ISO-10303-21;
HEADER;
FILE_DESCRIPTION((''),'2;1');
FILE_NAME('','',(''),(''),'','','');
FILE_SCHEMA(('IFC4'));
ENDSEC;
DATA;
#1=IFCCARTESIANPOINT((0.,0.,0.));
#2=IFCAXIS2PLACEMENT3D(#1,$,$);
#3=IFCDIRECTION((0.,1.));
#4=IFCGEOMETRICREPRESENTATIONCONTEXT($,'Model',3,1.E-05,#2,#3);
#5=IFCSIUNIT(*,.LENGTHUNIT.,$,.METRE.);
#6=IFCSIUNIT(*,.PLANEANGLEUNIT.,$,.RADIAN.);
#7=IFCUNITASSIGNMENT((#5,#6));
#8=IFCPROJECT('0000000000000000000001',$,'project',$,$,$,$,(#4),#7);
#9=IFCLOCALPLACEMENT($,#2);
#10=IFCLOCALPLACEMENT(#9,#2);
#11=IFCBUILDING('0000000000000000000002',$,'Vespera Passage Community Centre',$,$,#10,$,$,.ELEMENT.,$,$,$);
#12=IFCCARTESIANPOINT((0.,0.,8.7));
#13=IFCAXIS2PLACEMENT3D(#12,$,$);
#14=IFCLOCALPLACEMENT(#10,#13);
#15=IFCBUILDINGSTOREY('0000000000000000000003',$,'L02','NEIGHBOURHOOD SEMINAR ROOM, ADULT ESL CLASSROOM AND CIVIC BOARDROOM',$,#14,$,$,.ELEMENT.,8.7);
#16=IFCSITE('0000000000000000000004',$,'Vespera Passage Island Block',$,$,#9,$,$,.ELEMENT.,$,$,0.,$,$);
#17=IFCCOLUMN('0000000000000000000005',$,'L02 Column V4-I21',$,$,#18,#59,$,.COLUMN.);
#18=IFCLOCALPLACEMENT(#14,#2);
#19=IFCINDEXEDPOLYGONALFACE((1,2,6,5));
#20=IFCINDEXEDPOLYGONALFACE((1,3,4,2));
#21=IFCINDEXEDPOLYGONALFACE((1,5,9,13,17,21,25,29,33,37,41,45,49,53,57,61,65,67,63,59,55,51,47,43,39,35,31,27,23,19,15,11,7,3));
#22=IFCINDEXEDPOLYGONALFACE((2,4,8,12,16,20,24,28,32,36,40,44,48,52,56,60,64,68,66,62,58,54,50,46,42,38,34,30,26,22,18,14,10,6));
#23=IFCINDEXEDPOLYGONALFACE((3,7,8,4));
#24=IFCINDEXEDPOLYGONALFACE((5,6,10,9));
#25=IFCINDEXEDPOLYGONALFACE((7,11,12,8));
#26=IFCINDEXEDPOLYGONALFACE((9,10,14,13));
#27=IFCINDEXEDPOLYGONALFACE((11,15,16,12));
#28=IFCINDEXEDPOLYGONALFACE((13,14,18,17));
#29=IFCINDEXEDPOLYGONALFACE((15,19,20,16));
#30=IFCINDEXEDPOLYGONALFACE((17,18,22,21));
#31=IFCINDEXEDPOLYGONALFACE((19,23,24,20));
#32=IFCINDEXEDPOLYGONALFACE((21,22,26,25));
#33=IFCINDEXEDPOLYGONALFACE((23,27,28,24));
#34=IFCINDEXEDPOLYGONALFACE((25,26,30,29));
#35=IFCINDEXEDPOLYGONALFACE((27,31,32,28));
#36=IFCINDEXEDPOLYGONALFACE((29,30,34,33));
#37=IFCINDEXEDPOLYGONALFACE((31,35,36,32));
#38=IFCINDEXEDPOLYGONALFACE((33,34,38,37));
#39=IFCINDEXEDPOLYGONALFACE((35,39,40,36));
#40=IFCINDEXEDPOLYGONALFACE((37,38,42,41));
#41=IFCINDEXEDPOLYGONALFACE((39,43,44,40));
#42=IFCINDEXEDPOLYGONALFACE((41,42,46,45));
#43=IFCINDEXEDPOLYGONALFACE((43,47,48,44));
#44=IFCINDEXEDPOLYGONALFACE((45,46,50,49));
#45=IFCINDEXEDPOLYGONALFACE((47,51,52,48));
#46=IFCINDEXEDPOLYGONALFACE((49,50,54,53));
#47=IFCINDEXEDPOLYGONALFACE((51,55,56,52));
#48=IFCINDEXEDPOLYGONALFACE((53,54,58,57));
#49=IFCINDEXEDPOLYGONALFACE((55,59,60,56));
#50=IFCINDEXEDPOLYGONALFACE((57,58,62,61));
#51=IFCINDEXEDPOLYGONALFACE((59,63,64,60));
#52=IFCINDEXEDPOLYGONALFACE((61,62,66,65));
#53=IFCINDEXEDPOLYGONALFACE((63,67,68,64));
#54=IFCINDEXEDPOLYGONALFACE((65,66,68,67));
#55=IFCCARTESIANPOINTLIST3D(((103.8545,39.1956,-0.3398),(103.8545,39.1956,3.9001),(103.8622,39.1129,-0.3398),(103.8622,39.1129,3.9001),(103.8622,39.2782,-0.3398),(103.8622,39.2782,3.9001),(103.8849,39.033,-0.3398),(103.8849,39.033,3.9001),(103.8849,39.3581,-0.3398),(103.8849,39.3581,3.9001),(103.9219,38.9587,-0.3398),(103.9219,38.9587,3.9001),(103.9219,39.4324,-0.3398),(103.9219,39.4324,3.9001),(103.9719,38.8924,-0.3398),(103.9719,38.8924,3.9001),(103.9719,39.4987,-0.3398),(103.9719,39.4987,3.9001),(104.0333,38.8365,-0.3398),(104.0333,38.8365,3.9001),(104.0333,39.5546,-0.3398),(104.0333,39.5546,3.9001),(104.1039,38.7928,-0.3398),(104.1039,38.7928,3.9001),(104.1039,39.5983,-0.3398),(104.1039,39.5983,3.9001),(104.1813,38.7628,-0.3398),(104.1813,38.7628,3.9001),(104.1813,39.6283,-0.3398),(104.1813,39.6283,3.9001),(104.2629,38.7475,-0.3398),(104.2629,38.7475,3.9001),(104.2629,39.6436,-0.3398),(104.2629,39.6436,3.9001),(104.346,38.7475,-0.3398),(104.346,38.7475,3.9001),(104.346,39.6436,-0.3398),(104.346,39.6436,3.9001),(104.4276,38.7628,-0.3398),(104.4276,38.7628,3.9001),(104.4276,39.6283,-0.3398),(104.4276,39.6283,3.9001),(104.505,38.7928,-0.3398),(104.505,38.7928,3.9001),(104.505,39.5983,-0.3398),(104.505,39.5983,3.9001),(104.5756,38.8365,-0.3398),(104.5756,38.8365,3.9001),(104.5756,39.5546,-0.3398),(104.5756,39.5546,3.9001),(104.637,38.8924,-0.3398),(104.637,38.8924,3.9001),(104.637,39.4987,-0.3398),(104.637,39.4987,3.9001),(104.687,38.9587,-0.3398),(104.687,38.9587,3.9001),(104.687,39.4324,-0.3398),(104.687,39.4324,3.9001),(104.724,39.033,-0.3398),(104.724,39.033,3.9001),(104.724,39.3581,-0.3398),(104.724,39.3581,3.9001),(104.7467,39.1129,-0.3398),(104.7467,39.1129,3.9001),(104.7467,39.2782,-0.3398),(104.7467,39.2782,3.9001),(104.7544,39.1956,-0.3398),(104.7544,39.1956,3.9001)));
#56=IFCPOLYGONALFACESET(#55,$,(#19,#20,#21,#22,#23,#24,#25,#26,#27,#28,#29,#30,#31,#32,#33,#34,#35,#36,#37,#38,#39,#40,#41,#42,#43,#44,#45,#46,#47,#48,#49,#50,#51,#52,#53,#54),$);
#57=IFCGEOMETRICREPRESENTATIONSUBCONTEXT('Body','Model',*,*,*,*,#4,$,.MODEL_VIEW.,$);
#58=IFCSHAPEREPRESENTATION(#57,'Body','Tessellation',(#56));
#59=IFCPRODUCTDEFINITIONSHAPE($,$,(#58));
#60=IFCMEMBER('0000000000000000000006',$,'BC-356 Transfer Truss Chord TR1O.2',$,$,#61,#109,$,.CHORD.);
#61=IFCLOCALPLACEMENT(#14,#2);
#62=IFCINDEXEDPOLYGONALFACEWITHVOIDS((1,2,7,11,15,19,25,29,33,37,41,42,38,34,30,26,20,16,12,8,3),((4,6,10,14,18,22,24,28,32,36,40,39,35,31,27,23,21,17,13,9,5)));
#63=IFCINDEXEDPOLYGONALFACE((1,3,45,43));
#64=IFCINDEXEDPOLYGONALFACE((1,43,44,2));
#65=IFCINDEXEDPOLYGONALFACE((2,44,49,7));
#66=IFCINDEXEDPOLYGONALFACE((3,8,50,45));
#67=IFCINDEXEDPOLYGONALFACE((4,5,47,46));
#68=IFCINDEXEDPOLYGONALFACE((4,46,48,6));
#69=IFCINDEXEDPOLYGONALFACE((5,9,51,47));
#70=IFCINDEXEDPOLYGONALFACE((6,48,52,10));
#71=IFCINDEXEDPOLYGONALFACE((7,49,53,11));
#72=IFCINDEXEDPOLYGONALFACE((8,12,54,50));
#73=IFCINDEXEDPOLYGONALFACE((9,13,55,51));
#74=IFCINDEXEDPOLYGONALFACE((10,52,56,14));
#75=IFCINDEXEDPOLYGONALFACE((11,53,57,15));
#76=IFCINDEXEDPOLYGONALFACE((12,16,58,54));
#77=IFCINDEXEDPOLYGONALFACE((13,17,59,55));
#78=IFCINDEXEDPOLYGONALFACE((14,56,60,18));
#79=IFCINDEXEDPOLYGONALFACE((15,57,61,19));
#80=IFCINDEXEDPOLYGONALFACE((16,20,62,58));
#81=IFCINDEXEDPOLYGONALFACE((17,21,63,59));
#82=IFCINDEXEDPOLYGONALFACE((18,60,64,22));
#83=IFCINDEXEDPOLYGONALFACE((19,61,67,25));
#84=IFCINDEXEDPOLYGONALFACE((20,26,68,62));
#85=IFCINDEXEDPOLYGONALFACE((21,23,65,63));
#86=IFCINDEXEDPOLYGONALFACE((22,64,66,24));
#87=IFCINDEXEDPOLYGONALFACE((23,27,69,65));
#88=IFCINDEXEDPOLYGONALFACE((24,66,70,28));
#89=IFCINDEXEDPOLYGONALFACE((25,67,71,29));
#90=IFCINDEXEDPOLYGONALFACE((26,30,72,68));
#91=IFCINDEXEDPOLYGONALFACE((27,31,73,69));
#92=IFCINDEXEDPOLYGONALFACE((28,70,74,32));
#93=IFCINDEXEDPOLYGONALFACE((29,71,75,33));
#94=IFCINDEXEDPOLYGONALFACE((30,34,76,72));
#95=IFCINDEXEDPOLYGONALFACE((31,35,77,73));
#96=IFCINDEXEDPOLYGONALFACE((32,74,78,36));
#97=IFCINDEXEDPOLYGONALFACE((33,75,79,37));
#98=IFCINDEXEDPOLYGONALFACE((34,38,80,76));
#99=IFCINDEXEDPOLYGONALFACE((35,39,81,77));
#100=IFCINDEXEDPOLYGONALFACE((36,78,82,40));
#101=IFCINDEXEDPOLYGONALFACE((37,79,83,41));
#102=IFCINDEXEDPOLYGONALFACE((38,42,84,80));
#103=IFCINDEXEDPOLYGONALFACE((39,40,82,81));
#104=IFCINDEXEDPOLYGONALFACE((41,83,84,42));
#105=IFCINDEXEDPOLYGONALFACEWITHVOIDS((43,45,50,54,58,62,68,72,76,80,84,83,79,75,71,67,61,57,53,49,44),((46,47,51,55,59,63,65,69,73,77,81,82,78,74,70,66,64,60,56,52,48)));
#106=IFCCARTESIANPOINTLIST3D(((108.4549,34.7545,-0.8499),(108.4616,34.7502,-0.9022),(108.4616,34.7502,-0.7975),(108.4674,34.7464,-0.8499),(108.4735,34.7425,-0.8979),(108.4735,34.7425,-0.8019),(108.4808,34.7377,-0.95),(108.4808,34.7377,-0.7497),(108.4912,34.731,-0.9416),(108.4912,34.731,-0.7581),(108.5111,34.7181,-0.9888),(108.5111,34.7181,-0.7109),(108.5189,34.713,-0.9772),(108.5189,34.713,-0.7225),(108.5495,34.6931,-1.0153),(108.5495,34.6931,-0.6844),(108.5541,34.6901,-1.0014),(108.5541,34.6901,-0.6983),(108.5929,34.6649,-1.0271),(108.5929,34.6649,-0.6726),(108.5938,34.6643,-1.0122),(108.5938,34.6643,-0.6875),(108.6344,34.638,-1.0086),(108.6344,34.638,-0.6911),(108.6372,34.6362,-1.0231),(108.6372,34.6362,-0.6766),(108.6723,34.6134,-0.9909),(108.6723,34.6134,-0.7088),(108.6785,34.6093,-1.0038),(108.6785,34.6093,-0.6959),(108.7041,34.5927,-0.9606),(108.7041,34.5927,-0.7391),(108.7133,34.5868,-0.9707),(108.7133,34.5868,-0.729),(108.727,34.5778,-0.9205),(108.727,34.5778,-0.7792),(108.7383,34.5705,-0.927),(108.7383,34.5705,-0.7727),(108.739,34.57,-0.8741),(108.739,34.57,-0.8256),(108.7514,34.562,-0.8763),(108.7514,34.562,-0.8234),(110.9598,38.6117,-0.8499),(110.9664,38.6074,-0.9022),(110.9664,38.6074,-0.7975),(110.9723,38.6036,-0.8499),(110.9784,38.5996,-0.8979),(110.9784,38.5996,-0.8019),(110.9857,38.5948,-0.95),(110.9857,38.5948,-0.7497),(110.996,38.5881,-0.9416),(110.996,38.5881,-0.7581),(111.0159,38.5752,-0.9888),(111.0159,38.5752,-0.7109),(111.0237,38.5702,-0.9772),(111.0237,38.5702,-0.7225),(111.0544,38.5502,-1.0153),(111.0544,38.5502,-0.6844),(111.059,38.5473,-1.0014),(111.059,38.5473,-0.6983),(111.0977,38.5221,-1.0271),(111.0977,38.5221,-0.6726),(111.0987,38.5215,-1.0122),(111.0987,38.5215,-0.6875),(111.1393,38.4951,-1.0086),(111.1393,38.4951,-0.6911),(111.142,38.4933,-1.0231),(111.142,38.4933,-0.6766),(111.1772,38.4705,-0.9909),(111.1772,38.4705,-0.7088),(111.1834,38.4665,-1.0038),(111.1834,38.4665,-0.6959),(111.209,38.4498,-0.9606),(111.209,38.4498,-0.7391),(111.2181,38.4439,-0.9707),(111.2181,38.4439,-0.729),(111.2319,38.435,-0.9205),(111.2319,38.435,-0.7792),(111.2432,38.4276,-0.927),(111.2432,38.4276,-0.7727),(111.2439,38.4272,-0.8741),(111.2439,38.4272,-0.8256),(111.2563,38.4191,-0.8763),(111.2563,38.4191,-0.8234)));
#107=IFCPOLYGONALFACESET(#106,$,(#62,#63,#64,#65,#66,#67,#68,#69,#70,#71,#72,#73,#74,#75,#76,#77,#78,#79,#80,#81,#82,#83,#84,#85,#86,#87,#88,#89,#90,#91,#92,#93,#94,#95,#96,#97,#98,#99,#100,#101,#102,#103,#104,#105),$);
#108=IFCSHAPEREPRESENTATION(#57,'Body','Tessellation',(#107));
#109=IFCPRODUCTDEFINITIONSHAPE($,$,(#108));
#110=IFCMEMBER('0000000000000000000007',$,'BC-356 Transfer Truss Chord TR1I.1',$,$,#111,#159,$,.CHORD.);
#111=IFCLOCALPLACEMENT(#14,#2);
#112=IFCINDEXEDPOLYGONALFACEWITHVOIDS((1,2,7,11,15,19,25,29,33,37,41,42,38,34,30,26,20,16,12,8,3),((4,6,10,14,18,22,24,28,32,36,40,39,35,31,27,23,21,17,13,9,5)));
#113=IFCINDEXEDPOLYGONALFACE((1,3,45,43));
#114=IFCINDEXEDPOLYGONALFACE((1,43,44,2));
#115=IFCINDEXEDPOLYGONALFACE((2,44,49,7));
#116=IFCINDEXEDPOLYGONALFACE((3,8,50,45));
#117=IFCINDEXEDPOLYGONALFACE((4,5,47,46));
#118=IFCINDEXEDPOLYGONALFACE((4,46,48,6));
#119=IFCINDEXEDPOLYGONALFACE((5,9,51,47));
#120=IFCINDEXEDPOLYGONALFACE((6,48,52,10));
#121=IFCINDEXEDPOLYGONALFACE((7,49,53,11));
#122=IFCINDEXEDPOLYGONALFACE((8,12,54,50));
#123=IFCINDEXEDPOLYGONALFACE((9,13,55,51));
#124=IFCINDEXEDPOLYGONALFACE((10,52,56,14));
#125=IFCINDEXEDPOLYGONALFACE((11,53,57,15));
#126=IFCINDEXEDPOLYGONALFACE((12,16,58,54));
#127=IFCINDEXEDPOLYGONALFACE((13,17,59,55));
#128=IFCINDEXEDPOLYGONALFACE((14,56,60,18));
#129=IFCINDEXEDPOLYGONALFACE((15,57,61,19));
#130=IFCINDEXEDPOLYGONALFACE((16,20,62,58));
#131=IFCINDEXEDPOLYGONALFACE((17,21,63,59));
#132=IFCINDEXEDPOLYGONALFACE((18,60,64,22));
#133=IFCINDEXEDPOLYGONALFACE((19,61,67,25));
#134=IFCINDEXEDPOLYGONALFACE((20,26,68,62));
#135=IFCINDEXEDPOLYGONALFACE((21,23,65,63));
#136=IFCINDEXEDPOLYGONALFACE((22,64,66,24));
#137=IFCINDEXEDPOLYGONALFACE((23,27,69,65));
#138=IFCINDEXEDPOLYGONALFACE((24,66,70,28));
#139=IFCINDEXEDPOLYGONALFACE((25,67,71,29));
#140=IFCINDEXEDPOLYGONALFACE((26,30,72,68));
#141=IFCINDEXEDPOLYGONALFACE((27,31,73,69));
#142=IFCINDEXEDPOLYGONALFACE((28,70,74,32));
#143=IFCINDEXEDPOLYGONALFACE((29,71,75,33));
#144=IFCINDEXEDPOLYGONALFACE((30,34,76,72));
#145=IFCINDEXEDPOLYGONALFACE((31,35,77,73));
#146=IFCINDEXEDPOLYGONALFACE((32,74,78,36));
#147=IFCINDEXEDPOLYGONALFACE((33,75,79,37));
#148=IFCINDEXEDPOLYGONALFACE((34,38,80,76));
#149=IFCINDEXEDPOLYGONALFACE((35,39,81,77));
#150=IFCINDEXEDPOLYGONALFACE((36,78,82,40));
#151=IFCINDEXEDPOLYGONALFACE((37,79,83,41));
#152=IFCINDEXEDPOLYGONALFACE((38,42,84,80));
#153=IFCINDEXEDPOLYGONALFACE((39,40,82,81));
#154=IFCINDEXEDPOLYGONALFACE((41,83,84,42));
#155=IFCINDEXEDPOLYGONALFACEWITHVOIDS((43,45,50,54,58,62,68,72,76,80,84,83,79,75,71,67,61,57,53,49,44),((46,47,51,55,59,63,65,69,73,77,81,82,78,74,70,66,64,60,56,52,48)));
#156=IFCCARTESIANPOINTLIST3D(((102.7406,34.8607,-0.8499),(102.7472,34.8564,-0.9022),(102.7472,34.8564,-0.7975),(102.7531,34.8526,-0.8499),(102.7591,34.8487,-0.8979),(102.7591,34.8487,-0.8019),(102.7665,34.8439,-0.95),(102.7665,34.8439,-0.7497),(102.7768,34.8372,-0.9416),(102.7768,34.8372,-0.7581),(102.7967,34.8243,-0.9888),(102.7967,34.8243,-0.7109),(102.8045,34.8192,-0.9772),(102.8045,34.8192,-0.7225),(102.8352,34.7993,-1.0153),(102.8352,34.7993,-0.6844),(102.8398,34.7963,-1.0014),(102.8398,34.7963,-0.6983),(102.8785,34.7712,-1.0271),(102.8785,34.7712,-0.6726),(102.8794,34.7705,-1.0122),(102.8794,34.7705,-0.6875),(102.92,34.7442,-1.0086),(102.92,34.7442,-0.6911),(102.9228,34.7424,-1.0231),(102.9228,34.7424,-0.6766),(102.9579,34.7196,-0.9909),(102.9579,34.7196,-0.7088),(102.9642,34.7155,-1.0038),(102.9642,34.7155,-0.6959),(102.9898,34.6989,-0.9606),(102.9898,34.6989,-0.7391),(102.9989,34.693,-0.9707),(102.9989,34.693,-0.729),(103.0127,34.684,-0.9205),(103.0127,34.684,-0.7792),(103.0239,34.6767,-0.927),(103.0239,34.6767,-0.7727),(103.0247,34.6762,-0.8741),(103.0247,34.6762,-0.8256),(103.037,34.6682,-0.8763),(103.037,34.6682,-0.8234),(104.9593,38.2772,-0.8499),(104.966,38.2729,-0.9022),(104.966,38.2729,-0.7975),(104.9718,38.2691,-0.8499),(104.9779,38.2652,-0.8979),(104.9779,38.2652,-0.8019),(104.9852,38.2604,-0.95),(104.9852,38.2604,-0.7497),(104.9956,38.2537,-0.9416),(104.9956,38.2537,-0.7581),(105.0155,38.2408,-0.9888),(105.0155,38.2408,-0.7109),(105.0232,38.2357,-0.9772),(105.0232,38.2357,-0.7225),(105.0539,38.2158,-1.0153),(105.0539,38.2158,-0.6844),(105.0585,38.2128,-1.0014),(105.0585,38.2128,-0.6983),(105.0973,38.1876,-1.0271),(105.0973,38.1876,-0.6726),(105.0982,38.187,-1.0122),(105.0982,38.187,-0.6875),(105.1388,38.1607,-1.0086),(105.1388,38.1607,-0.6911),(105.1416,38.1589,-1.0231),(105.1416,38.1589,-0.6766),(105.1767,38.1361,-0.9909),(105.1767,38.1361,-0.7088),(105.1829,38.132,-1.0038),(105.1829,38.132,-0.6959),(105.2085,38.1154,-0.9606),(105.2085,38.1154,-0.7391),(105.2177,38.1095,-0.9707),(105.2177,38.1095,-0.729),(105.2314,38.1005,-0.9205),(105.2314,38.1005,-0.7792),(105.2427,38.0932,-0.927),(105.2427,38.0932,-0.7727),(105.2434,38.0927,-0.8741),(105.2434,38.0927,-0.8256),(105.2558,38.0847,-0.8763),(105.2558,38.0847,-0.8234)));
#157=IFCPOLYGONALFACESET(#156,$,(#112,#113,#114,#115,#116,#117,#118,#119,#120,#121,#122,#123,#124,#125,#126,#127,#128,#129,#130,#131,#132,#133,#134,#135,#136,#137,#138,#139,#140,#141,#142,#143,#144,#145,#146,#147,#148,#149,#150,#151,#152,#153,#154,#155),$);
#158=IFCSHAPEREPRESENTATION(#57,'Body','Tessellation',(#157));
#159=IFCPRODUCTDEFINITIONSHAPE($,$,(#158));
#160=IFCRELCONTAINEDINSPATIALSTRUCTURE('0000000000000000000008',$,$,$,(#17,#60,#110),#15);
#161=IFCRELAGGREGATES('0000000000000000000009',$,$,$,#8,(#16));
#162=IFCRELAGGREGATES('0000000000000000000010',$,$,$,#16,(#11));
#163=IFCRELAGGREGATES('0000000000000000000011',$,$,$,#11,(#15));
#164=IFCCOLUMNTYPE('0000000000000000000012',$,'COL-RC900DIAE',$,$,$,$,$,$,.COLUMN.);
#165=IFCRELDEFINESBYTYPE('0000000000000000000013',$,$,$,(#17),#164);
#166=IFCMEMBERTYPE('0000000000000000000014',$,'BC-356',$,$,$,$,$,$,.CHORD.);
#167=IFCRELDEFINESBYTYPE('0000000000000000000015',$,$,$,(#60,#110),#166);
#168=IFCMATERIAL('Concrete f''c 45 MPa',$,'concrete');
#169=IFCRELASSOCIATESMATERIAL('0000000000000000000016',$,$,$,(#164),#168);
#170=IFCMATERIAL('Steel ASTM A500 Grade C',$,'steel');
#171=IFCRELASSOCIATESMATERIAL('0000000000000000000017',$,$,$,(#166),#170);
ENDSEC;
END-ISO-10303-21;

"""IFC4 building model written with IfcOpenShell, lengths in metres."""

from ifc_helpers import new_model, si_unit, direction, frame, origin, origin_2d, place, context, subcontext, project, spatial, circle, hollow_circle, extrude, material, material_profile, profile_set, type_object, element, save


model = new_model("IFC4")

# Units and contexts
model_context = context("Model", 3, precision=1e-05, world=origin(), true_north=direction((0.0, 1.0)))
body_context = subcontext(model_context, "Body", "Model", "MODEL_VIEW")
ifc_project = project(units=[si_unit("LENGTHUNIT", "METRE"), si_unit("PLANEANGLEUNIT", "RADIAN")], contexts=[model_context])

# Site, building, storey
site_placement = place(None, origin())
site = spatial("IfcSite", under=ifc_project, at=site_placement, Name="Vespera Passage Island Block", CompositionType="ELEMENT", RefElevation=0.0)
building_placement = place(site_placement, origin())
building = spatial("IfcBuilding", under=site, at=building_placement, Name="Vespera Passage Community Centre", CompositionType="ELEMENT")
storey_placement = place(building_placement, frame((0.0, 0.0, 8.7)))
storey = spatial("IfcBuildingStorey", under=building, at=storey_placement, Name="L02", Description="NEIGHBOURHOOD SEMINAR ROOM, ADULT ESL CLASSROOM AND CIVIC BOARDROOM", CompositionType="ELEMENT", Elevation=8.7)

# Column
ifc_material_1 = material(Name="Concrete f'c 45 MPa", Category="concrete")
ifc_material_profile_1 = material_profile(ifc_material_1, circle(Radius=0.45, at=origin_2d()), Name="RC900DIA")
ifc_profile_set_1 = profile_set([ifc_material_profile_1], Name="Concrete f'c 45 MPa")
column_type = type_object("IfcColumnType", Name="COL-RC900DIAE", PredefinedType="COLUMN", material=ifc_profile_set_1)
column_placement = place(storey_placement, frame((104.3044, 39.1956, -0.3398), z_axis=(0.0, 0.0, 1.0), x_axis=(1.0, 0.0, 0.0)))
element("IfcColumn", 1, at=column_placement, inside=storey, type_object=column_type, Name="L02 Column V4-I21", PredefinedType="COLUMN", context=body_context, shape_type="SweptSolid", body=[
    extrude(circle(Radius=0.45, at=origin_2d()), origin(), (0.0, 0.0, 1.0), 4.24),
])

# Members
ifc_material_2 = material(Name="Steel ASTM A500 Grade C", Category="steel")
ifc_material_profile_2 = material_profile(ifc_material_2, hollow_circle(Radius=0.1777, WallThickness=0.0149, at=origin_2d()), Name="CHS356X15.9")
ifc_profile_set_2 = profile_set([ifc_material_profile_2], Name="Steel ASTM A500 Grade C")
member_type_1 = type_object("IfcMemberType", Name="BC-356", PredefinedType="CHORD", material=ifc_profile_set_2)
member_1_placement = place(storey_placement, frame((108.604, 34.6577, -0.8499), z_axis=(0.544639, 0.83867, 0.0), x_axis=(-0.83867, 0.544639, 0.0)))
element("IfcMember", 2, at=member_1_placement, inside=storey, type_object=member_type_1, Name="BC-356 Transfer Truss Chord TR1O.2", PredefinedType="CHORD", context=body_context, shape_type="SweptSolid", body=[
    extrude(hollow_circle(Radius=0.1777, WallThickness=0.0149, at=origin_2d()), origin(), (0.0, 0.0, 1.0), 4.5991),
])
member_2_placement = place(storey_placement, frame((102.8896, 34.7639, -0.8499), z_axis=(0.544647, 0.838665, 0.0), x_axis=(-0.838665, 0.544647, 0.0)))
element("IfcMember", 3, at=member_2_placement, inside=storey, type_object=member_type_1, Name="BC-356 Transfer Truss Chord TR1I.1", PredefinedType="CHORD", context=body_context, shape_type="SweptSolid", body=[
    extrude(hollow_circle(Radius=0.1777, WallThickness=0.0149, at=origin_2d()), origin(), (0.0, 0.0, 1.0), 4.0737),
])

save(model, "model.ifc")
